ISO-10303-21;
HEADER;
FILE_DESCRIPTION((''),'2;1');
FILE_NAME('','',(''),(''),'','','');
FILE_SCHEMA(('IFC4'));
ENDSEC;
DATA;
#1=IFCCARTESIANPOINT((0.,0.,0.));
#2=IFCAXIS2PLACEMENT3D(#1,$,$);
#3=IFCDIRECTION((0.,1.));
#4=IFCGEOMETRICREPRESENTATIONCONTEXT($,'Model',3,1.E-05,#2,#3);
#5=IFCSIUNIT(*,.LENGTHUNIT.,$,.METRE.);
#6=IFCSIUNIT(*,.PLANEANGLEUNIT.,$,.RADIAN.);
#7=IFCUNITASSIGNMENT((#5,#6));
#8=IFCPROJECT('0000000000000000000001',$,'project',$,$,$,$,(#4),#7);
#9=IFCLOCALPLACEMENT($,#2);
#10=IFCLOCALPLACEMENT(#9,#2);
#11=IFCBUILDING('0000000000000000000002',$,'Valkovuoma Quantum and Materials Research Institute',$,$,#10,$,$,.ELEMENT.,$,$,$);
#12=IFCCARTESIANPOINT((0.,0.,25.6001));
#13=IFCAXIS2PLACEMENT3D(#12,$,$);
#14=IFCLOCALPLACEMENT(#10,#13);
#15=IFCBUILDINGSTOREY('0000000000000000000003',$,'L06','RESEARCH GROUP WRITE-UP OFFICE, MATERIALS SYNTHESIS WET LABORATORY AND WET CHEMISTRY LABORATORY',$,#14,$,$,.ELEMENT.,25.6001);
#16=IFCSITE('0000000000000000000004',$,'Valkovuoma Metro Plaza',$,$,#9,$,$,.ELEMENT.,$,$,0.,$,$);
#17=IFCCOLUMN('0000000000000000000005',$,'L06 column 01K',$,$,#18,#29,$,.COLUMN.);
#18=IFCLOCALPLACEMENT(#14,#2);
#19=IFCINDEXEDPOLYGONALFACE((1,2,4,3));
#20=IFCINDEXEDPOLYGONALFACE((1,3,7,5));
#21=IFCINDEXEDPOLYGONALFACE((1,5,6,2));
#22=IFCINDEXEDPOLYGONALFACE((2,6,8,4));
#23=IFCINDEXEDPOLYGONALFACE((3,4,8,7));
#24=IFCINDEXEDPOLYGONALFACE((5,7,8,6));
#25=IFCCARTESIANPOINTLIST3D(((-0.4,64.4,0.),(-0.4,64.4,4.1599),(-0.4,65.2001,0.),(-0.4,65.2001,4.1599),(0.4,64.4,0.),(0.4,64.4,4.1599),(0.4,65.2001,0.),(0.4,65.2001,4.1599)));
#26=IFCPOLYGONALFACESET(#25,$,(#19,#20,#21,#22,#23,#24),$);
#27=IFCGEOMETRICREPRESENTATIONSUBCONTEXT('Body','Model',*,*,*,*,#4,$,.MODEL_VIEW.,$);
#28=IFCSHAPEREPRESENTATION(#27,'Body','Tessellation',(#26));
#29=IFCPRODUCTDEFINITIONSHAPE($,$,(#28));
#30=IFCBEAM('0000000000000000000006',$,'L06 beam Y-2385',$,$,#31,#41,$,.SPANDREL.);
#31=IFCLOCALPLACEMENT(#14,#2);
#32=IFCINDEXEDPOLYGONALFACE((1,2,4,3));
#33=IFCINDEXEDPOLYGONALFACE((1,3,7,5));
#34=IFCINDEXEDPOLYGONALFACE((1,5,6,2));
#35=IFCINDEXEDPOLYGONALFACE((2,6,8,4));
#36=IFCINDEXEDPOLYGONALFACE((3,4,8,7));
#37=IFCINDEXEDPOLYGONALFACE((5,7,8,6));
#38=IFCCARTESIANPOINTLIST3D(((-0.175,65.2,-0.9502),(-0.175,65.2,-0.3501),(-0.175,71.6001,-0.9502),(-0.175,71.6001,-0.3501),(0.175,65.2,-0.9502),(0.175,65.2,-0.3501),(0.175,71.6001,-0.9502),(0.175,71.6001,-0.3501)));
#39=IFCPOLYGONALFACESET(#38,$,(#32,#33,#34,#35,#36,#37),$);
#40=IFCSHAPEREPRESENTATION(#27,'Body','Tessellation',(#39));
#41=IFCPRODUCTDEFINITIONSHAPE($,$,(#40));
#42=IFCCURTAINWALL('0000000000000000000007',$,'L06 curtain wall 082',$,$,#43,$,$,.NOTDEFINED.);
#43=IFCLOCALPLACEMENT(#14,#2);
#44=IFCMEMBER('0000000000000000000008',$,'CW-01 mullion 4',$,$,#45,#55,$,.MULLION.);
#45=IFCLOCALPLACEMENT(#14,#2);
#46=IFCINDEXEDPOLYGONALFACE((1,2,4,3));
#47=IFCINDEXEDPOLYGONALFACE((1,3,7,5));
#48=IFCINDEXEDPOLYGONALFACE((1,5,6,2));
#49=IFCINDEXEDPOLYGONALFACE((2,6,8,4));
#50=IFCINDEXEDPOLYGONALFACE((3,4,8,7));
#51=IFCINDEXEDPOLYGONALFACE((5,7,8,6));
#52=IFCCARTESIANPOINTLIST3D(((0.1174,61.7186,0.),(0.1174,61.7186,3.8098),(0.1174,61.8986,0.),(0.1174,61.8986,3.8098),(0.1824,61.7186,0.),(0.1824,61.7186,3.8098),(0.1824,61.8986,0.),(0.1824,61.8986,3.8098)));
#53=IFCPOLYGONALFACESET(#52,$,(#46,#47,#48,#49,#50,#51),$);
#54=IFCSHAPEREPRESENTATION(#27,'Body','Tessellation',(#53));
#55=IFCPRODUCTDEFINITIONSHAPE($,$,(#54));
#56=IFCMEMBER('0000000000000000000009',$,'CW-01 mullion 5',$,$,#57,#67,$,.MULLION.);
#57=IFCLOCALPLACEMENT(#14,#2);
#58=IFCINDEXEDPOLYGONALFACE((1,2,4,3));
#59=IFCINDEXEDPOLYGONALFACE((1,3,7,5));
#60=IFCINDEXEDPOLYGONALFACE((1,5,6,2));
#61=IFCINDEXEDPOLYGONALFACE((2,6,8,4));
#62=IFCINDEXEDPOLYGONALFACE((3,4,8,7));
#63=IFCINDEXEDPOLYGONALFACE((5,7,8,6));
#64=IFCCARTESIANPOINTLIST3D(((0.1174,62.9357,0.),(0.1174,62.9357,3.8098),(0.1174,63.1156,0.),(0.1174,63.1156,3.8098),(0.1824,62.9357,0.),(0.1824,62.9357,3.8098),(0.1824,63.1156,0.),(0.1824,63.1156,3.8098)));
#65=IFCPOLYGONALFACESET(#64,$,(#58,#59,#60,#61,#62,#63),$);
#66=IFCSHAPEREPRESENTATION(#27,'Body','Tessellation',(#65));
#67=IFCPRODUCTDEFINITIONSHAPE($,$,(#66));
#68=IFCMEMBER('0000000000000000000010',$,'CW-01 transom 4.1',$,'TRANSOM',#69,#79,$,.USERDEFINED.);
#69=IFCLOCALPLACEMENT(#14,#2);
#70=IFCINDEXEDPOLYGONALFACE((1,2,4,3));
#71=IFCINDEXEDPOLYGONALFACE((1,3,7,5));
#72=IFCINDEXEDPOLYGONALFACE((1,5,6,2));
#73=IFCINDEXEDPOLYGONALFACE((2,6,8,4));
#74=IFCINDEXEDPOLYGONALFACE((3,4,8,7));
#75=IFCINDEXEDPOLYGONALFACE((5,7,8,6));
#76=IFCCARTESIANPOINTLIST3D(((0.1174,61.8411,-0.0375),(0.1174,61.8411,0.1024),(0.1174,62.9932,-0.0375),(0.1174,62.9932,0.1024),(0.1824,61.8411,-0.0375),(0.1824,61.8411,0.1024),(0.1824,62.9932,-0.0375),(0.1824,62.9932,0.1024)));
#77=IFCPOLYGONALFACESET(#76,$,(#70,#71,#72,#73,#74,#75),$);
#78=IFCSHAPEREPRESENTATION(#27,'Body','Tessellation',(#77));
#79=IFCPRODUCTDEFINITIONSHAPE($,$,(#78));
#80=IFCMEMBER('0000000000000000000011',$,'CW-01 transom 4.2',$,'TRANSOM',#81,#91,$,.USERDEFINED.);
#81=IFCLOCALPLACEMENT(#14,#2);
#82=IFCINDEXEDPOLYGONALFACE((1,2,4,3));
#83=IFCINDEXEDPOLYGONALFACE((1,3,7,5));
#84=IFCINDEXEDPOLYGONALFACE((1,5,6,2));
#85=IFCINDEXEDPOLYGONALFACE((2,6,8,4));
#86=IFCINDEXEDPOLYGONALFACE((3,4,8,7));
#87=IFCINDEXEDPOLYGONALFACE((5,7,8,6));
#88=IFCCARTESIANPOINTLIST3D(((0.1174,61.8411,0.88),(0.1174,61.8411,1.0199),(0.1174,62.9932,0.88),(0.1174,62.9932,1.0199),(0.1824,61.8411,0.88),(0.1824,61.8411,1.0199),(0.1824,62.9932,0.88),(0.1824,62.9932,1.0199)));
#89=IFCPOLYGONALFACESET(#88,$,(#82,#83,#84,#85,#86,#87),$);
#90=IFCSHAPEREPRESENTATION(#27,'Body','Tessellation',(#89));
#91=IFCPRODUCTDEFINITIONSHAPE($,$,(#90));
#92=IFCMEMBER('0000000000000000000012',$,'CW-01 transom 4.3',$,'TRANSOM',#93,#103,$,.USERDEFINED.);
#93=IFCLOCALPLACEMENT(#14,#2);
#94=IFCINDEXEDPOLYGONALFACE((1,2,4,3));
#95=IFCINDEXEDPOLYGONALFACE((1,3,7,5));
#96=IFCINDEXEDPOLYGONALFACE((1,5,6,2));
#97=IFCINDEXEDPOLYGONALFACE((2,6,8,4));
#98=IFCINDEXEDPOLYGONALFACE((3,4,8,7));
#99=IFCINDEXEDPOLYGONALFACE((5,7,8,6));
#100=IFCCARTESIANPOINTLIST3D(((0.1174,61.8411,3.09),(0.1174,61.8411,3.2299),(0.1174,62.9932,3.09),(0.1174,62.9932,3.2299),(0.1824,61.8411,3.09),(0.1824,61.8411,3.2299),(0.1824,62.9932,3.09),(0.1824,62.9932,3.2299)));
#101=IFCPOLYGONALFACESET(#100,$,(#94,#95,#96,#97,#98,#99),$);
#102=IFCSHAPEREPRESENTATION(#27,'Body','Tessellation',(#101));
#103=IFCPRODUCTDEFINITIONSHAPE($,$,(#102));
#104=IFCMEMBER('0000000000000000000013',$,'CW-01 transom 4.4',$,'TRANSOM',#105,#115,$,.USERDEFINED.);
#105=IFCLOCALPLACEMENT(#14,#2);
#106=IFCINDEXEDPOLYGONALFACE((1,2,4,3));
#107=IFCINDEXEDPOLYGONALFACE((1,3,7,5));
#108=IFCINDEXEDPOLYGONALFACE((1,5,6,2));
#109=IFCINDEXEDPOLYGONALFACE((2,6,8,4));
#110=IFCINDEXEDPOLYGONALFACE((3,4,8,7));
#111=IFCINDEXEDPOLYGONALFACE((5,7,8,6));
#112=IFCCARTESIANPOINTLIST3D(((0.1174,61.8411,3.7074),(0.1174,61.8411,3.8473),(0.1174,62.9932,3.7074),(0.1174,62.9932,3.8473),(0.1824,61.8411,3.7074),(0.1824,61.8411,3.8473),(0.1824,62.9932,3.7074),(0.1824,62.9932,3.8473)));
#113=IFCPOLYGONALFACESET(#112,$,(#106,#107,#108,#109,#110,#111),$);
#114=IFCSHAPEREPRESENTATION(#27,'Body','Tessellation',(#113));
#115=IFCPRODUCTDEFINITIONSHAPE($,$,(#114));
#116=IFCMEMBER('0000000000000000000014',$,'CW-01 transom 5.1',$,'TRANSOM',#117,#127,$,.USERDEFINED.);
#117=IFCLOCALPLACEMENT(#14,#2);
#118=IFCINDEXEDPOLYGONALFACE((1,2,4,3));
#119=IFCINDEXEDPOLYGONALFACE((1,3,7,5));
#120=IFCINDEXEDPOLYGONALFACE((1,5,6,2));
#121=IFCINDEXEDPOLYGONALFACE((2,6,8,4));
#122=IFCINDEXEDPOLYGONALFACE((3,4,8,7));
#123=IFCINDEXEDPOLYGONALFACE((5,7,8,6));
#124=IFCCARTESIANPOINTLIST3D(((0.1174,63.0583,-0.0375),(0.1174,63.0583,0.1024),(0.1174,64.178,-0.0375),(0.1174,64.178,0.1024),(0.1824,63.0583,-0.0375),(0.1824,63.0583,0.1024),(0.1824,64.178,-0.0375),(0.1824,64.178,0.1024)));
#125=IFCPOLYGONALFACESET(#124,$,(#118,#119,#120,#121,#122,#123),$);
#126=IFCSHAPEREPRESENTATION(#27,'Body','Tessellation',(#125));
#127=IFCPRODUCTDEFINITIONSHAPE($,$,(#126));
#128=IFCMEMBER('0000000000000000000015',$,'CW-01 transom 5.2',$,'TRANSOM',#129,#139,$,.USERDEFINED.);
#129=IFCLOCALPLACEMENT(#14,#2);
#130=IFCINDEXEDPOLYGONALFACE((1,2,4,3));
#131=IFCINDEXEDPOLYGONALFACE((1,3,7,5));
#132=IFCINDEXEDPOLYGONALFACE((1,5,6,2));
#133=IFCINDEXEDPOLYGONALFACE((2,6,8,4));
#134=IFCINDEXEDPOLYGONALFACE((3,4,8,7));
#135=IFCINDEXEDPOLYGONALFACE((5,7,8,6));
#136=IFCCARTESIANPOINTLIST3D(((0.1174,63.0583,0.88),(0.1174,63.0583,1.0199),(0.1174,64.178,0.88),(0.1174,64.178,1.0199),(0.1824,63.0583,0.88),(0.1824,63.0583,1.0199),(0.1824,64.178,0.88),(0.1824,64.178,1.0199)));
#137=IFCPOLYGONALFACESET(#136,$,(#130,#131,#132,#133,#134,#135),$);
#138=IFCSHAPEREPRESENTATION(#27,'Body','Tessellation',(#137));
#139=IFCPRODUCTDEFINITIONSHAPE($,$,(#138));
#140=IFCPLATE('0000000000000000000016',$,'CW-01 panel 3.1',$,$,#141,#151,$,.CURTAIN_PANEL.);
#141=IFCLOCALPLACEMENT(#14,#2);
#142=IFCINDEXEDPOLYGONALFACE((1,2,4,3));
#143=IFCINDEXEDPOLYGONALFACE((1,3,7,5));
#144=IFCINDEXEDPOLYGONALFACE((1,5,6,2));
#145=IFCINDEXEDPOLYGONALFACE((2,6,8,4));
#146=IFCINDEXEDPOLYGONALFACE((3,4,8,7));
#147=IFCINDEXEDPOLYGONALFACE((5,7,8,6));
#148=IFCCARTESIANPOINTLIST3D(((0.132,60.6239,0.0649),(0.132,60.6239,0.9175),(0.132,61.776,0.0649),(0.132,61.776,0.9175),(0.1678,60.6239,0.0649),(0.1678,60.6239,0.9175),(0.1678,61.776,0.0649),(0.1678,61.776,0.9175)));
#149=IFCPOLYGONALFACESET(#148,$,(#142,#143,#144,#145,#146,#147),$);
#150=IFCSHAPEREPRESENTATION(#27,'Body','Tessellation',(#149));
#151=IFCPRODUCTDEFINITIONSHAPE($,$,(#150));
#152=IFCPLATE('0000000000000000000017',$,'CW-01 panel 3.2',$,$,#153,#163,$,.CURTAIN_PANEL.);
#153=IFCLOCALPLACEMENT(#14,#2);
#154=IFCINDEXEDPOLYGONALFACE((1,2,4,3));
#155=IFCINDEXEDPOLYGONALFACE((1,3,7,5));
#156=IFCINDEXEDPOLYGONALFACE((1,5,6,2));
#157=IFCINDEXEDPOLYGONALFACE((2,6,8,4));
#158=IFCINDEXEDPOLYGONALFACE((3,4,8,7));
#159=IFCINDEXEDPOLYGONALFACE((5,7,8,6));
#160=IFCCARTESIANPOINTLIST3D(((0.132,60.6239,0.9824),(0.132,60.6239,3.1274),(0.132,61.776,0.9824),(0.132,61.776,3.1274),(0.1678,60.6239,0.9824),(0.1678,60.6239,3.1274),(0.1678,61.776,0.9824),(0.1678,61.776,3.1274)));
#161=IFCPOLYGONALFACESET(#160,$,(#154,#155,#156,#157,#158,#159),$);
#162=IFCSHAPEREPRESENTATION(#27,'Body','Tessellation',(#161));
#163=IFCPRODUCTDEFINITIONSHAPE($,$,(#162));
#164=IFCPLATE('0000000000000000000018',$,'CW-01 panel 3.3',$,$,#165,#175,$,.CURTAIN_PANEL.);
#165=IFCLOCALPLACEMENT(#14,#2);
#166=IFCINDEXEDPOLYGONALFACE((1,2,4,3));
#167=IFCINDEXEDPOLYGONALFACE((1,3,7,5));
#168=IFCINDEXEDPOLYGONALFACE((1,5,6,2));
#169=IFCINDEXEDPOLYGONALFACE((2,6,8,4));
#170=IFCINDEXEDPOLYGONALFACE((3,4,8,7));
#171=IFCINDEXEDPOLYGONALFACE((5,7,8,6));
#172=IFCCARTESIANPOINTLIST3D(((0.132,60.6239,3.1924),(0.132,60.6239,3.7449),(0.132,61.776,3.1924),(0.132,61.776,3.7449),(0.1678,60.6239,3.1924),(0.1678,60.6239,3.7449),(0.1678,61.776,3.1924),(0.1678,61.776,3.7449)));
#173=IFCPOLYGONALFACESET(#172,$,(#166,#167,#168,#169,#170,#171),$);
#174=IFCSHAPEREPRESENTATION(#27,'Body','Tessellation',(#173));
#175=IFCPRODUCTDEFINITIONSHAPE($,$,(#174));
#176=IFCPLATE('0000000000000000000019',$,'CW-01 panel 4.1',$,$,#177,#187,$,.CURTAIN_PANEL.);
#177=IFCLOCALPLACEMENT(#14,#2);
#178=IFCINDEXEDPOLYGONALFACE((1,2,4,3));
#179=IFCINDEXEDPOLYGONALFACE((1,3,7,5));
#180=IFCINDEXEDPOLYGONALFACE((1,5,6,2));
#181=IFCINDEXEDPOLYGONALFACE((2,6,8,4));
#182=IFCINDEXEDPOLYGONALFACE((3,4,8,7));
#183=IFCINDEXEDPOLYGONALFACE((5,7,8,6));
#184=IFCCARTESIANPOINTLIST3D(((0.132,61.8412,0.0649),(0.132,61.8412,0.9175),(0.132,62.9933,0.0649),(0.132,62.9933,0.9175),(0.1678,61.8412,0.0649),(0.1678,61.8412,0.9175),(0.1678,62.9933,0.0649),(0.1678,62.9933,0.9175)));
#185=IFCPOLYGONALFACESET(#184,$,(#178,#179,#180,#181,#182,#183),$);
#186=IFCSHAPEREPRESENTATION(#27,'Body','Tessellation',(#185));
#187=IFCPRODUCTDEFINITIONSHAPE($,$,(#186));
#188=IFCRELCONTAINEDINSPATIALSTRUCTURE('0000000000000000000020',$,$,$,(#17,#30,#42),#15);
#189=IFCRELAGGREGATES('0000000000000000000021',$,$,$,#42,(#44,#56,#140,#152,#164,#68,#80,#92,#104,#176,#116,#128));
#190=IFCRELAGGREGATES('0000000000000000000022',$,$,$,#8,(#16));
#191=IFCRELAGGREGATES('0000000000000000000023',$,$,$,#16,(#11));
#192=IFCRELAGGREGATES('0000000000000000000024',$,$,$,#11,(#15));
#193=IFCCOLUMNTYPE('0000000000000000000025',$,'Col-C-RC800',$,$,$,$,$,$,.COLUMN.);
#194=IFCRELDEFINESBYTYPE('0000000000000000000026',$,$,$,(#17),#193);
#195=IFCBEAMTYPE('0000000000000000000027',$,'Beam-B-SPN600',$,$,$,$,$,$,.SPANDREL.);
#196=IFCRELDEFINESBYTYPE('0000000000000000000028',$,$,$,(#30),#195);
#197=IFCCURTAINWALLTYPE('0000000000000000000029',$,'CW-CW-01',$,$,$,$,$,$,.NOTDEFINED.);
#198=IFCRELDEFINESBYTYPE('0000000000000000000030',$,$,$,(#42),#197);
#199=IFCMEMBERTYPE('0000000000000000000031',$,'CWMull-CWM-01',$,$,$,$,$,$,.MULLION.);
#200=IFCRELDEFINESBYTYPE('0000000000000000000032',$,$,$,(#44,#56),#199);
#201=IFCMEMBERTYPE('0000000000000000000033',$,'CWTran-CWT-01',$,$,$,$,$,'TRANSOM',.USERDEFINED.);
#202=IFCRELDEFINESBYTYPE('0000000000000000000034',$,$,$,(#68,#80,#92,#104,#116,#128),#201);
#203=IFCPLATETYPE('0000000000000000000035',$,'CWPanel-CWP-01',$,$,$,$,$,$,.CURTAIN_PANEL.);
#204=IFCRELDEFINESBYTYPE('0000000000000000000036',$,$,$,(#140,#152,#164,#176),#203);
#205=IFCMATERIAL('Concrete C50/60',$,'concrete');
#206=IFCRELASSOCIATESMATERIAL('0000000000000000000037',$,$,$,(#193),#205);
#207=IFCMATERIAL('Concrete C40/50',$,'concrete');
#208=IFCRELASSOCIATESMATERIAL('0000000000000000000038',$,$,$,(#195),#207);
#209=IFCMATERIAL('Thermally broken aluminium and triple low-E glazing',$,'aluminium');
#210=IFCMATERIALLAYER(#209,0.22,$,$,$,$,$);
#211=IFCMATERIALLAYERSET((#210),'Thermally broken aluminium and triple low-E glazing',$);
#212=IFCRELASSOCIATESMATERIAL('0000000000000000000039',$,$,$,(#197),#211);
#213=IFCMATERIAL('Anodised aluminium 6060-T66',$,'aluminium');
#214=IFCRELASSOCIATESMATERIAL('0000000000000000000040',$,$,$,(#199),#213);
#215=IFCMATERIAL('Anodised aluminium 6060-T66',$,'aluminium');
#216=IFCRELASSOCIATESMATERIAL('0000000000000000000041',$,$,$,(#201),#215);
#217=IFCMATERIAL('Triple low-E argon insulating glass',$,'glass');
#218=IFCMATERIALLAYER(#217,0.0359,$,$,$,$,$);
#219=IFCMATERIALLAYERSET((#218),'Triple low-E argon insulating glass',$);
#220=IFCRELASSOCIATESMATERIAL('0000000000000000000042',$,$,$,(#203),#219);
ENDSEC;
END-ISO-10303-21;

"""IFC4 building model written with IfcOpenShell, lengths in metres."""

from ifc_helpers import new_model, si_unit, direction, frame, origin, origin_2d, place, context, subcontext, project, spatial, rectangle, extrude, material, layer, layer_set, material_profile, profile_set, type_object, element, aggregate, save


model = new_model("IFC4")

# Units and contexts
model_context = context("Model", 3, precision=1e-05, world=origin(), true_north=direction((0.0, 1.0)))
body_context = subcontext(model_context, "Body", "Model", "MODEL_VIEW")
ifc_project = project(units=[si_unit("LENGTHUNIT", "METRE"), si_unit("PLANEANGLEUNIT", "RADIAN")], contexts=[model_context])

# Site, building, storey
site_placement = place(None, origin())
site = spatial("IfcSite", under=ifc_project, at=site_placement, Name="Valkovuoma Metro Plaza", CompositionType="ELEMENT", RefElevation=0.0)
building_placement = place(site_placement, origin())
building = spatial("IfcBuilding", under=site, at=building_placement, Name="Valkovuoma Quantum and Materials Research Institute", CompositionType="ELEMENT")
storey_placement = place(building_placement, frame((0.0, 0.0, 25.6001)))
storey = spatial("IfcBuildingStorey", under=building, at=storey_placement, Name="L06", Description="RESEARCH GROUP WRITE-UP OFFICE, MATERIALS SYNTHESIS WET LABORATORY AND WET CHEMISTRY LABORATORY", CompositionType="ELEMENT", Elevation=25.6001)

# Column
ifc_material_1 = material(Name="Concrete C50/60", Category="concrete")
ifc_material_profile_1 = material_profile(ifc_material_1, rectangle(XDim=0.8, YDim=0.8, at=origin_2d()), Name="Concrete C50/60")
ifc_profile_set_1 = profile_set([ifc_material_profile_1], Name="Concrete C50/60")
column_type = type_object("IfcColumnType", Name="Col-C-RC800", PredefinedType="COLUMN", material=ifc_profile_set_1)
column_placement = place(storey_placement, frame((0.0, 64.8, 0.0), z_axis=(0.0, 0.0, 1.0), x_axis=(1.0, 0.0, 0.0)))
element("IfcColumn", 1, at=column_placement, inside=storey, type_object=column_type, Name="L06 column 01K", PredefinedType="COLUMN", context=body_context, shape_type="SweptSolid", body=[
    extrude(rectangle(XDim=0.8, YDim=0.8, at=origin_2d()), origin(), (0.0, 0.0, 1.0), 4.1599),
])

# Beam
ifc_material_2 = material(Name="Concrete C40/50", Category="concrete")
ifc_material_profile_2 = material_profile(ifc_material_2, rectangle(XDim=0.3501, YDim=0.6001, at=origin_2d()), Name="Concrete C40/50")
ifc_profile_set_2 = profile_set([ifc_material_profile_2], Name="Concrete C40/50")
beam_type = type_object("IfcBeamType", Name="Beam-B-SPN600", PredefinedType="SPANDREL", material=ifc_profile_set_2)
beam_placement = place(storey_placement, frame((0.0, 65.2, -0.6501), z_axis=(0.0, 1.0, 0.0), x_axis=(-1.0, 0.0, 0.0)))
element("IfcBeam", 2, at=beam_placement, inside=storey, type_object=beam_type, Name="L06 beam Y-2385", PredefinedType="SPANDREL", context=body_context, shape_type="SweptSolid", body=[
    extrude(rectangle(XDim=0.3501, YDim=0.6001, at=origin_2d()), origin(), (0.0, 0.0, 1.0), 6.4001),
])

# Curtain wall, members, plates
ifc_material_3 = material(Name="Thermally broken aluminium and triple low-E glazing", Category="aluminium")
ifc_layer_1 = layer(ifc_material_3, 0.22)
ifc_layer_set_1 = layer_set([ifc_layer_1], Name="Thermally broken aluminium and triple low-E glazing")
curtain_wall_type = type_object("IfcCurtainWallType", Name="CW-CW-01", PredefinedType="NOTDEFINED", material=ifc_layer_set_1)
curtain_wall_placement = place(storey_placement, origin())
curtain_wall = element("IfcCurtainWall", 3, at=curtain_wall_placement, inside=storey, type_object=curtain_wall_type, Name="L06 curtain wall 082", PredefinedType="NOTDEFINED")
ifc_material_4 = material(Name="Anodised aluminium 6060-T66", Category="aluminium")
ifc_material_profile_3 = material_profile(ifc_material_4, rectangle(XDim=0.0649, YDim=0.1799, at=origin_2d()), Name="Anodised aluminium 6060-T66")
ifc_profile_set_3 = profile_set([ifc_material_profile_3], Name="Anodised aluminium 6060-T66")
member_type_1 = type_object("IfcMemberType", Name="CWMull-CWM-01", PredefinedType="MULLION", material=ifc_profile_set_3)
member_1_placement = place(storey_placement, frame((0.1499, 61.8086, 0.0), z_axis=(0.0, 0.0, 1.0), x_axis=(-1.0, 0.0, 0.0)))
member_1 = element("IfcMember", 4, at=member_1_placement, type_object=member_type_1, Name="CW-01 mullion 4", PredefinedType="MULLION", context=body_context, shape_type="SweptSolid", body=[
    extrude(rectangle(XDim=0.0649, YDim=0.1799, at=origin_2d()), origin(), (0.0, 0.0, 1.0), 3.8098),
])
member_2_placement = place(storey_placement, frame((0.1499, 63.0256, 0.0), z_axis=(0.0, 0.0, 1.0), x_axis=(-1.0, 0.0, 0.0)))
member_2 = element("IfcMember", 5, at=member_2_placement, type_object=member_type_1, Name="CW-01 mullion 5", PredefinedType="MULLION", context=body_context, shape_type="SweptSolid", body=[
    extrude(rectangle(XDim=0.0649, YDim=0.1799, at=origin_2d()), origin(), (0.0, 0.0, 1.0), 3.8098),
])
ifc_material_5 = material(Name="Anodised aluminium 6060-T66", Category="aluminium")
ifc_material_profile_4 = material_profile(ifc_material_5, rectangle(XDim=0.0649, YDim=0.1399, at=origin_2d()), Name="Anodised aluminium 6060-T66")
ifc_profile_set_4 = profile_set([ifc_material_profile_4], Name="Anodised aluminium 6060-T66")
member_type_2 = type_object("IfcMemberType", Name="CWTran-CWT-01", ElementType="TRANSOM", PredefinedType="USERDEFINED", material=ifc_profile_set_4)
member_3_placement = place(storey_placement, frame((0.1499, 61.8411, 0.0325), z_axis=(0.0, 1.0, 0.0), x_axis=(-1.0, 0.0, 0.0)))
member_3 = element("IfcMember", 6, at=member_3_placement, type_object=member_type_2, Name="CW-01 transom 4.1", ObjectType="TRANSOM", PredefinedType="USERDEFINED", context=body_context, shape_type="SweptSolid", body=[
    extrude(rectangle(XDim=0.0649, YDim=0.1399, at=origin_2d()), origin(), (0.0, 0.0, 1.0), 1.1521),
])
member_4_placement = place(storey_placement, frame((0.1499, 61.8411, 0.95), z_axis=(0.0, 1.0, 0.0), x_axis=(-1.0, 0.0, 0.0)))
member_4 = element("IfcMember", 7, at=member_4_placement, type_object=member_type_2, Name="CW-01 transom 4.2", ObjectType="TRANSOM", PredefinedType="USERDEFINED", context=body_context, shape_type="SweptSolid", body=[
    extrude(rectangle(XDim=0.0649, YDim=0.1399, at=origin_2d()), origin(), (0.0, 0.0, 1.0), 1.1521),
])
member_5_placement = place(storey_placement, frame((0.1499, 61.8411, 3.1599), z_axis=(0.0, 1.0, 0.0), x_axis=(-1.0, 0.0, 0.0)))
member_5 = element("IfcMember", 8, at=member_5_placement, type_object=member_type_2, Name="CW-01 transom 4.3", ObjectType="TRANSOM", PredefinedType="USERDEFINED", context=body_context, shape_type="SweptSolid", body=[
    extrude(rectangle(XDim=0.0649, YDim=0.1399, at=origin_2d()), origin(), (0.0, 0.0, 1.0), 1.1521),
])
member_6_placement = place(storey_placement, frame((0.1499, 61.8411, 3.7773), z_axis=(0.0, 1.0, 0.0), x_axis=(-1.0, 0.0, 0.0)))
member_6 = element("IfcMember", 9, at=member_6_placement, type_object=member_type_2, Name="CW-01 transom 4.4", ObjectType="TRANSOM", PredefinedType="USERDEFINED", context=body_context, shape_type="SweptSolid", body=[
    extrude(rectangle(XDim=0.0649, YDim=0.1399, at=origin_2d()), origin(), (0.0, 0.0, 1.0), 1.1521),
])
member_7_placement = place(storey_placement, frame((0.1499, 63.0583, 0.0325), z_axis=(0.0, 1.0, 0.0), x_axis=(-1.0, 0.0, 0.0)))
member_7 = element("IfcMember", 10, at=member_7_placement, type_object=member_type_2, Name="CW-01 transom 5.1", ObjectType="TRANSOM", PredefinedType="USERDEFINED", context=body_context, shape_type="SweptSolid", body=[
    extrude(rectangle(XDim=0.0649, YDim=0.1399, at=origin_2d()), origin(), (0.0, 0.0, 1.0), 1.1196),
])
member_8_placement = place(storey_placement, frame((0.1499, 63.0583, 0.95), z_axis=(0.0, 1.0, 0.0), x_axis=(-1.0, 0.0, 0.0)))
member_8 = element("IfcMember", 11, at=member_8_placement, type_object=member_type_2, Name="CW-01 transom 5.2", ObjectType="TRANSOM", PredefinedType="USERDEFINED", context=body_context, shape_type="SweptSolid", body=[
    extrude(rectangle(XDim=0.0649, YDim=0.1399, at=origin_2d()), origin(), (0.0, 0.0, 1.0), 1.1196),
])
ifc_material_6 = material(Name="Triple low-E argon insulating glass", Category="glass")
ifc_layer_2 = layer(ifc_material_6, 0.0359)
ifc_layer_set_2 = layer_set([ifc_layer_2], Name="Triple low-E argon insulating glass")
plate_type = type_object("IfcPlateType", Name="CWPanel-CWP-01", PredefinedType="CURTAIN_PANEL", material=ifc_layer_set_2)
plate_1_placement = place(storey_placement, frame((0.1499, 61.2, 0.0649), z_axis=(0.0, 0.0, 1.0), x_axis=(0.0, 1.0, 0.0)))
plate_1 = element("IfcPlate", 12, at=plate_1_placement, type_object=plate_type, Name="CW-01 panel 3.1", PredefinedType="CURTAIN_PANEL", context=body_context, shape_type="SweptSolid", body=[
    extrude(rectangle(XDim=1.1521, YDim=0.0359, at=origin_2d()), origin(), (0.0, 0.0, 1.0), 0.8525),
])
plate_2_placement = place(storey_placement, frame((0.1499, 61.2, 0.9824), z_axis=(0.0, 0.0, 1.0), x_axis=(0.0, 1.0, 0.0)))
plate_2 = element("IfcPlate", 13, at=plate_2_placement, type_object=plate_type, Name="CW-01 panel 3.2", PredefinedType="CURTAIN_PANEL", context=body_context, shape_type="SweptSolid", body=[
    extrude(rectangle(XDim=1.1521, YDim=0.0359, at=origin_2d()), origin(), (0.0, 0.0, 1.0), 2.145),
])
plate_3_placement = place(storey_placement, frame((0.1499, 61.2, 3.1924), z_axis=(0.0, 0.0, 1.0), x_axis=(0.0, 1.0, 0.0)))
plate_3 = element("IfcPlate", 14, at=plate_3_placement, type_object=plate_type, Name="CW-01 panel 3.3", PredefinedType="CURTAIN_PANEL", context=body_context, shape_type="SweptSolid", body=[
    extrude(rectangle(XDim=1.1521, YDim=0.0359, at=origin_2d()), origin(), (0.0, 0.0, 1.0), 0.5525),
])
plate_4_placement = place(storey_placement, frame((0.1499, 62.4172, 0.0649), z_axis=(0.0, 0.0, 1.0), x_axis=(0.0, 1.0, 0.0)))
plate_4 = element("IfcPlate", 15, at=plate_4_placement, type_object=plate_type, Name="CW-01 panel 4.1", PredefinedType="CURTAIN_PANEL", context=body_context, shape_type="SweptSolid", body=[
    extrude(rectangle(XDim=1.1521, YDim=0.0359, at=origin_2d()), origin(), (0.0, 0.0, 1.0), 0.8525),
])
aggregate(curtain_wall, [member_1, member_2, plate_1, plate_2, plate_3, member_3, member_4, member_5, member_6, plate_4, member_7, member_8])

save(model, "model.ifc")
